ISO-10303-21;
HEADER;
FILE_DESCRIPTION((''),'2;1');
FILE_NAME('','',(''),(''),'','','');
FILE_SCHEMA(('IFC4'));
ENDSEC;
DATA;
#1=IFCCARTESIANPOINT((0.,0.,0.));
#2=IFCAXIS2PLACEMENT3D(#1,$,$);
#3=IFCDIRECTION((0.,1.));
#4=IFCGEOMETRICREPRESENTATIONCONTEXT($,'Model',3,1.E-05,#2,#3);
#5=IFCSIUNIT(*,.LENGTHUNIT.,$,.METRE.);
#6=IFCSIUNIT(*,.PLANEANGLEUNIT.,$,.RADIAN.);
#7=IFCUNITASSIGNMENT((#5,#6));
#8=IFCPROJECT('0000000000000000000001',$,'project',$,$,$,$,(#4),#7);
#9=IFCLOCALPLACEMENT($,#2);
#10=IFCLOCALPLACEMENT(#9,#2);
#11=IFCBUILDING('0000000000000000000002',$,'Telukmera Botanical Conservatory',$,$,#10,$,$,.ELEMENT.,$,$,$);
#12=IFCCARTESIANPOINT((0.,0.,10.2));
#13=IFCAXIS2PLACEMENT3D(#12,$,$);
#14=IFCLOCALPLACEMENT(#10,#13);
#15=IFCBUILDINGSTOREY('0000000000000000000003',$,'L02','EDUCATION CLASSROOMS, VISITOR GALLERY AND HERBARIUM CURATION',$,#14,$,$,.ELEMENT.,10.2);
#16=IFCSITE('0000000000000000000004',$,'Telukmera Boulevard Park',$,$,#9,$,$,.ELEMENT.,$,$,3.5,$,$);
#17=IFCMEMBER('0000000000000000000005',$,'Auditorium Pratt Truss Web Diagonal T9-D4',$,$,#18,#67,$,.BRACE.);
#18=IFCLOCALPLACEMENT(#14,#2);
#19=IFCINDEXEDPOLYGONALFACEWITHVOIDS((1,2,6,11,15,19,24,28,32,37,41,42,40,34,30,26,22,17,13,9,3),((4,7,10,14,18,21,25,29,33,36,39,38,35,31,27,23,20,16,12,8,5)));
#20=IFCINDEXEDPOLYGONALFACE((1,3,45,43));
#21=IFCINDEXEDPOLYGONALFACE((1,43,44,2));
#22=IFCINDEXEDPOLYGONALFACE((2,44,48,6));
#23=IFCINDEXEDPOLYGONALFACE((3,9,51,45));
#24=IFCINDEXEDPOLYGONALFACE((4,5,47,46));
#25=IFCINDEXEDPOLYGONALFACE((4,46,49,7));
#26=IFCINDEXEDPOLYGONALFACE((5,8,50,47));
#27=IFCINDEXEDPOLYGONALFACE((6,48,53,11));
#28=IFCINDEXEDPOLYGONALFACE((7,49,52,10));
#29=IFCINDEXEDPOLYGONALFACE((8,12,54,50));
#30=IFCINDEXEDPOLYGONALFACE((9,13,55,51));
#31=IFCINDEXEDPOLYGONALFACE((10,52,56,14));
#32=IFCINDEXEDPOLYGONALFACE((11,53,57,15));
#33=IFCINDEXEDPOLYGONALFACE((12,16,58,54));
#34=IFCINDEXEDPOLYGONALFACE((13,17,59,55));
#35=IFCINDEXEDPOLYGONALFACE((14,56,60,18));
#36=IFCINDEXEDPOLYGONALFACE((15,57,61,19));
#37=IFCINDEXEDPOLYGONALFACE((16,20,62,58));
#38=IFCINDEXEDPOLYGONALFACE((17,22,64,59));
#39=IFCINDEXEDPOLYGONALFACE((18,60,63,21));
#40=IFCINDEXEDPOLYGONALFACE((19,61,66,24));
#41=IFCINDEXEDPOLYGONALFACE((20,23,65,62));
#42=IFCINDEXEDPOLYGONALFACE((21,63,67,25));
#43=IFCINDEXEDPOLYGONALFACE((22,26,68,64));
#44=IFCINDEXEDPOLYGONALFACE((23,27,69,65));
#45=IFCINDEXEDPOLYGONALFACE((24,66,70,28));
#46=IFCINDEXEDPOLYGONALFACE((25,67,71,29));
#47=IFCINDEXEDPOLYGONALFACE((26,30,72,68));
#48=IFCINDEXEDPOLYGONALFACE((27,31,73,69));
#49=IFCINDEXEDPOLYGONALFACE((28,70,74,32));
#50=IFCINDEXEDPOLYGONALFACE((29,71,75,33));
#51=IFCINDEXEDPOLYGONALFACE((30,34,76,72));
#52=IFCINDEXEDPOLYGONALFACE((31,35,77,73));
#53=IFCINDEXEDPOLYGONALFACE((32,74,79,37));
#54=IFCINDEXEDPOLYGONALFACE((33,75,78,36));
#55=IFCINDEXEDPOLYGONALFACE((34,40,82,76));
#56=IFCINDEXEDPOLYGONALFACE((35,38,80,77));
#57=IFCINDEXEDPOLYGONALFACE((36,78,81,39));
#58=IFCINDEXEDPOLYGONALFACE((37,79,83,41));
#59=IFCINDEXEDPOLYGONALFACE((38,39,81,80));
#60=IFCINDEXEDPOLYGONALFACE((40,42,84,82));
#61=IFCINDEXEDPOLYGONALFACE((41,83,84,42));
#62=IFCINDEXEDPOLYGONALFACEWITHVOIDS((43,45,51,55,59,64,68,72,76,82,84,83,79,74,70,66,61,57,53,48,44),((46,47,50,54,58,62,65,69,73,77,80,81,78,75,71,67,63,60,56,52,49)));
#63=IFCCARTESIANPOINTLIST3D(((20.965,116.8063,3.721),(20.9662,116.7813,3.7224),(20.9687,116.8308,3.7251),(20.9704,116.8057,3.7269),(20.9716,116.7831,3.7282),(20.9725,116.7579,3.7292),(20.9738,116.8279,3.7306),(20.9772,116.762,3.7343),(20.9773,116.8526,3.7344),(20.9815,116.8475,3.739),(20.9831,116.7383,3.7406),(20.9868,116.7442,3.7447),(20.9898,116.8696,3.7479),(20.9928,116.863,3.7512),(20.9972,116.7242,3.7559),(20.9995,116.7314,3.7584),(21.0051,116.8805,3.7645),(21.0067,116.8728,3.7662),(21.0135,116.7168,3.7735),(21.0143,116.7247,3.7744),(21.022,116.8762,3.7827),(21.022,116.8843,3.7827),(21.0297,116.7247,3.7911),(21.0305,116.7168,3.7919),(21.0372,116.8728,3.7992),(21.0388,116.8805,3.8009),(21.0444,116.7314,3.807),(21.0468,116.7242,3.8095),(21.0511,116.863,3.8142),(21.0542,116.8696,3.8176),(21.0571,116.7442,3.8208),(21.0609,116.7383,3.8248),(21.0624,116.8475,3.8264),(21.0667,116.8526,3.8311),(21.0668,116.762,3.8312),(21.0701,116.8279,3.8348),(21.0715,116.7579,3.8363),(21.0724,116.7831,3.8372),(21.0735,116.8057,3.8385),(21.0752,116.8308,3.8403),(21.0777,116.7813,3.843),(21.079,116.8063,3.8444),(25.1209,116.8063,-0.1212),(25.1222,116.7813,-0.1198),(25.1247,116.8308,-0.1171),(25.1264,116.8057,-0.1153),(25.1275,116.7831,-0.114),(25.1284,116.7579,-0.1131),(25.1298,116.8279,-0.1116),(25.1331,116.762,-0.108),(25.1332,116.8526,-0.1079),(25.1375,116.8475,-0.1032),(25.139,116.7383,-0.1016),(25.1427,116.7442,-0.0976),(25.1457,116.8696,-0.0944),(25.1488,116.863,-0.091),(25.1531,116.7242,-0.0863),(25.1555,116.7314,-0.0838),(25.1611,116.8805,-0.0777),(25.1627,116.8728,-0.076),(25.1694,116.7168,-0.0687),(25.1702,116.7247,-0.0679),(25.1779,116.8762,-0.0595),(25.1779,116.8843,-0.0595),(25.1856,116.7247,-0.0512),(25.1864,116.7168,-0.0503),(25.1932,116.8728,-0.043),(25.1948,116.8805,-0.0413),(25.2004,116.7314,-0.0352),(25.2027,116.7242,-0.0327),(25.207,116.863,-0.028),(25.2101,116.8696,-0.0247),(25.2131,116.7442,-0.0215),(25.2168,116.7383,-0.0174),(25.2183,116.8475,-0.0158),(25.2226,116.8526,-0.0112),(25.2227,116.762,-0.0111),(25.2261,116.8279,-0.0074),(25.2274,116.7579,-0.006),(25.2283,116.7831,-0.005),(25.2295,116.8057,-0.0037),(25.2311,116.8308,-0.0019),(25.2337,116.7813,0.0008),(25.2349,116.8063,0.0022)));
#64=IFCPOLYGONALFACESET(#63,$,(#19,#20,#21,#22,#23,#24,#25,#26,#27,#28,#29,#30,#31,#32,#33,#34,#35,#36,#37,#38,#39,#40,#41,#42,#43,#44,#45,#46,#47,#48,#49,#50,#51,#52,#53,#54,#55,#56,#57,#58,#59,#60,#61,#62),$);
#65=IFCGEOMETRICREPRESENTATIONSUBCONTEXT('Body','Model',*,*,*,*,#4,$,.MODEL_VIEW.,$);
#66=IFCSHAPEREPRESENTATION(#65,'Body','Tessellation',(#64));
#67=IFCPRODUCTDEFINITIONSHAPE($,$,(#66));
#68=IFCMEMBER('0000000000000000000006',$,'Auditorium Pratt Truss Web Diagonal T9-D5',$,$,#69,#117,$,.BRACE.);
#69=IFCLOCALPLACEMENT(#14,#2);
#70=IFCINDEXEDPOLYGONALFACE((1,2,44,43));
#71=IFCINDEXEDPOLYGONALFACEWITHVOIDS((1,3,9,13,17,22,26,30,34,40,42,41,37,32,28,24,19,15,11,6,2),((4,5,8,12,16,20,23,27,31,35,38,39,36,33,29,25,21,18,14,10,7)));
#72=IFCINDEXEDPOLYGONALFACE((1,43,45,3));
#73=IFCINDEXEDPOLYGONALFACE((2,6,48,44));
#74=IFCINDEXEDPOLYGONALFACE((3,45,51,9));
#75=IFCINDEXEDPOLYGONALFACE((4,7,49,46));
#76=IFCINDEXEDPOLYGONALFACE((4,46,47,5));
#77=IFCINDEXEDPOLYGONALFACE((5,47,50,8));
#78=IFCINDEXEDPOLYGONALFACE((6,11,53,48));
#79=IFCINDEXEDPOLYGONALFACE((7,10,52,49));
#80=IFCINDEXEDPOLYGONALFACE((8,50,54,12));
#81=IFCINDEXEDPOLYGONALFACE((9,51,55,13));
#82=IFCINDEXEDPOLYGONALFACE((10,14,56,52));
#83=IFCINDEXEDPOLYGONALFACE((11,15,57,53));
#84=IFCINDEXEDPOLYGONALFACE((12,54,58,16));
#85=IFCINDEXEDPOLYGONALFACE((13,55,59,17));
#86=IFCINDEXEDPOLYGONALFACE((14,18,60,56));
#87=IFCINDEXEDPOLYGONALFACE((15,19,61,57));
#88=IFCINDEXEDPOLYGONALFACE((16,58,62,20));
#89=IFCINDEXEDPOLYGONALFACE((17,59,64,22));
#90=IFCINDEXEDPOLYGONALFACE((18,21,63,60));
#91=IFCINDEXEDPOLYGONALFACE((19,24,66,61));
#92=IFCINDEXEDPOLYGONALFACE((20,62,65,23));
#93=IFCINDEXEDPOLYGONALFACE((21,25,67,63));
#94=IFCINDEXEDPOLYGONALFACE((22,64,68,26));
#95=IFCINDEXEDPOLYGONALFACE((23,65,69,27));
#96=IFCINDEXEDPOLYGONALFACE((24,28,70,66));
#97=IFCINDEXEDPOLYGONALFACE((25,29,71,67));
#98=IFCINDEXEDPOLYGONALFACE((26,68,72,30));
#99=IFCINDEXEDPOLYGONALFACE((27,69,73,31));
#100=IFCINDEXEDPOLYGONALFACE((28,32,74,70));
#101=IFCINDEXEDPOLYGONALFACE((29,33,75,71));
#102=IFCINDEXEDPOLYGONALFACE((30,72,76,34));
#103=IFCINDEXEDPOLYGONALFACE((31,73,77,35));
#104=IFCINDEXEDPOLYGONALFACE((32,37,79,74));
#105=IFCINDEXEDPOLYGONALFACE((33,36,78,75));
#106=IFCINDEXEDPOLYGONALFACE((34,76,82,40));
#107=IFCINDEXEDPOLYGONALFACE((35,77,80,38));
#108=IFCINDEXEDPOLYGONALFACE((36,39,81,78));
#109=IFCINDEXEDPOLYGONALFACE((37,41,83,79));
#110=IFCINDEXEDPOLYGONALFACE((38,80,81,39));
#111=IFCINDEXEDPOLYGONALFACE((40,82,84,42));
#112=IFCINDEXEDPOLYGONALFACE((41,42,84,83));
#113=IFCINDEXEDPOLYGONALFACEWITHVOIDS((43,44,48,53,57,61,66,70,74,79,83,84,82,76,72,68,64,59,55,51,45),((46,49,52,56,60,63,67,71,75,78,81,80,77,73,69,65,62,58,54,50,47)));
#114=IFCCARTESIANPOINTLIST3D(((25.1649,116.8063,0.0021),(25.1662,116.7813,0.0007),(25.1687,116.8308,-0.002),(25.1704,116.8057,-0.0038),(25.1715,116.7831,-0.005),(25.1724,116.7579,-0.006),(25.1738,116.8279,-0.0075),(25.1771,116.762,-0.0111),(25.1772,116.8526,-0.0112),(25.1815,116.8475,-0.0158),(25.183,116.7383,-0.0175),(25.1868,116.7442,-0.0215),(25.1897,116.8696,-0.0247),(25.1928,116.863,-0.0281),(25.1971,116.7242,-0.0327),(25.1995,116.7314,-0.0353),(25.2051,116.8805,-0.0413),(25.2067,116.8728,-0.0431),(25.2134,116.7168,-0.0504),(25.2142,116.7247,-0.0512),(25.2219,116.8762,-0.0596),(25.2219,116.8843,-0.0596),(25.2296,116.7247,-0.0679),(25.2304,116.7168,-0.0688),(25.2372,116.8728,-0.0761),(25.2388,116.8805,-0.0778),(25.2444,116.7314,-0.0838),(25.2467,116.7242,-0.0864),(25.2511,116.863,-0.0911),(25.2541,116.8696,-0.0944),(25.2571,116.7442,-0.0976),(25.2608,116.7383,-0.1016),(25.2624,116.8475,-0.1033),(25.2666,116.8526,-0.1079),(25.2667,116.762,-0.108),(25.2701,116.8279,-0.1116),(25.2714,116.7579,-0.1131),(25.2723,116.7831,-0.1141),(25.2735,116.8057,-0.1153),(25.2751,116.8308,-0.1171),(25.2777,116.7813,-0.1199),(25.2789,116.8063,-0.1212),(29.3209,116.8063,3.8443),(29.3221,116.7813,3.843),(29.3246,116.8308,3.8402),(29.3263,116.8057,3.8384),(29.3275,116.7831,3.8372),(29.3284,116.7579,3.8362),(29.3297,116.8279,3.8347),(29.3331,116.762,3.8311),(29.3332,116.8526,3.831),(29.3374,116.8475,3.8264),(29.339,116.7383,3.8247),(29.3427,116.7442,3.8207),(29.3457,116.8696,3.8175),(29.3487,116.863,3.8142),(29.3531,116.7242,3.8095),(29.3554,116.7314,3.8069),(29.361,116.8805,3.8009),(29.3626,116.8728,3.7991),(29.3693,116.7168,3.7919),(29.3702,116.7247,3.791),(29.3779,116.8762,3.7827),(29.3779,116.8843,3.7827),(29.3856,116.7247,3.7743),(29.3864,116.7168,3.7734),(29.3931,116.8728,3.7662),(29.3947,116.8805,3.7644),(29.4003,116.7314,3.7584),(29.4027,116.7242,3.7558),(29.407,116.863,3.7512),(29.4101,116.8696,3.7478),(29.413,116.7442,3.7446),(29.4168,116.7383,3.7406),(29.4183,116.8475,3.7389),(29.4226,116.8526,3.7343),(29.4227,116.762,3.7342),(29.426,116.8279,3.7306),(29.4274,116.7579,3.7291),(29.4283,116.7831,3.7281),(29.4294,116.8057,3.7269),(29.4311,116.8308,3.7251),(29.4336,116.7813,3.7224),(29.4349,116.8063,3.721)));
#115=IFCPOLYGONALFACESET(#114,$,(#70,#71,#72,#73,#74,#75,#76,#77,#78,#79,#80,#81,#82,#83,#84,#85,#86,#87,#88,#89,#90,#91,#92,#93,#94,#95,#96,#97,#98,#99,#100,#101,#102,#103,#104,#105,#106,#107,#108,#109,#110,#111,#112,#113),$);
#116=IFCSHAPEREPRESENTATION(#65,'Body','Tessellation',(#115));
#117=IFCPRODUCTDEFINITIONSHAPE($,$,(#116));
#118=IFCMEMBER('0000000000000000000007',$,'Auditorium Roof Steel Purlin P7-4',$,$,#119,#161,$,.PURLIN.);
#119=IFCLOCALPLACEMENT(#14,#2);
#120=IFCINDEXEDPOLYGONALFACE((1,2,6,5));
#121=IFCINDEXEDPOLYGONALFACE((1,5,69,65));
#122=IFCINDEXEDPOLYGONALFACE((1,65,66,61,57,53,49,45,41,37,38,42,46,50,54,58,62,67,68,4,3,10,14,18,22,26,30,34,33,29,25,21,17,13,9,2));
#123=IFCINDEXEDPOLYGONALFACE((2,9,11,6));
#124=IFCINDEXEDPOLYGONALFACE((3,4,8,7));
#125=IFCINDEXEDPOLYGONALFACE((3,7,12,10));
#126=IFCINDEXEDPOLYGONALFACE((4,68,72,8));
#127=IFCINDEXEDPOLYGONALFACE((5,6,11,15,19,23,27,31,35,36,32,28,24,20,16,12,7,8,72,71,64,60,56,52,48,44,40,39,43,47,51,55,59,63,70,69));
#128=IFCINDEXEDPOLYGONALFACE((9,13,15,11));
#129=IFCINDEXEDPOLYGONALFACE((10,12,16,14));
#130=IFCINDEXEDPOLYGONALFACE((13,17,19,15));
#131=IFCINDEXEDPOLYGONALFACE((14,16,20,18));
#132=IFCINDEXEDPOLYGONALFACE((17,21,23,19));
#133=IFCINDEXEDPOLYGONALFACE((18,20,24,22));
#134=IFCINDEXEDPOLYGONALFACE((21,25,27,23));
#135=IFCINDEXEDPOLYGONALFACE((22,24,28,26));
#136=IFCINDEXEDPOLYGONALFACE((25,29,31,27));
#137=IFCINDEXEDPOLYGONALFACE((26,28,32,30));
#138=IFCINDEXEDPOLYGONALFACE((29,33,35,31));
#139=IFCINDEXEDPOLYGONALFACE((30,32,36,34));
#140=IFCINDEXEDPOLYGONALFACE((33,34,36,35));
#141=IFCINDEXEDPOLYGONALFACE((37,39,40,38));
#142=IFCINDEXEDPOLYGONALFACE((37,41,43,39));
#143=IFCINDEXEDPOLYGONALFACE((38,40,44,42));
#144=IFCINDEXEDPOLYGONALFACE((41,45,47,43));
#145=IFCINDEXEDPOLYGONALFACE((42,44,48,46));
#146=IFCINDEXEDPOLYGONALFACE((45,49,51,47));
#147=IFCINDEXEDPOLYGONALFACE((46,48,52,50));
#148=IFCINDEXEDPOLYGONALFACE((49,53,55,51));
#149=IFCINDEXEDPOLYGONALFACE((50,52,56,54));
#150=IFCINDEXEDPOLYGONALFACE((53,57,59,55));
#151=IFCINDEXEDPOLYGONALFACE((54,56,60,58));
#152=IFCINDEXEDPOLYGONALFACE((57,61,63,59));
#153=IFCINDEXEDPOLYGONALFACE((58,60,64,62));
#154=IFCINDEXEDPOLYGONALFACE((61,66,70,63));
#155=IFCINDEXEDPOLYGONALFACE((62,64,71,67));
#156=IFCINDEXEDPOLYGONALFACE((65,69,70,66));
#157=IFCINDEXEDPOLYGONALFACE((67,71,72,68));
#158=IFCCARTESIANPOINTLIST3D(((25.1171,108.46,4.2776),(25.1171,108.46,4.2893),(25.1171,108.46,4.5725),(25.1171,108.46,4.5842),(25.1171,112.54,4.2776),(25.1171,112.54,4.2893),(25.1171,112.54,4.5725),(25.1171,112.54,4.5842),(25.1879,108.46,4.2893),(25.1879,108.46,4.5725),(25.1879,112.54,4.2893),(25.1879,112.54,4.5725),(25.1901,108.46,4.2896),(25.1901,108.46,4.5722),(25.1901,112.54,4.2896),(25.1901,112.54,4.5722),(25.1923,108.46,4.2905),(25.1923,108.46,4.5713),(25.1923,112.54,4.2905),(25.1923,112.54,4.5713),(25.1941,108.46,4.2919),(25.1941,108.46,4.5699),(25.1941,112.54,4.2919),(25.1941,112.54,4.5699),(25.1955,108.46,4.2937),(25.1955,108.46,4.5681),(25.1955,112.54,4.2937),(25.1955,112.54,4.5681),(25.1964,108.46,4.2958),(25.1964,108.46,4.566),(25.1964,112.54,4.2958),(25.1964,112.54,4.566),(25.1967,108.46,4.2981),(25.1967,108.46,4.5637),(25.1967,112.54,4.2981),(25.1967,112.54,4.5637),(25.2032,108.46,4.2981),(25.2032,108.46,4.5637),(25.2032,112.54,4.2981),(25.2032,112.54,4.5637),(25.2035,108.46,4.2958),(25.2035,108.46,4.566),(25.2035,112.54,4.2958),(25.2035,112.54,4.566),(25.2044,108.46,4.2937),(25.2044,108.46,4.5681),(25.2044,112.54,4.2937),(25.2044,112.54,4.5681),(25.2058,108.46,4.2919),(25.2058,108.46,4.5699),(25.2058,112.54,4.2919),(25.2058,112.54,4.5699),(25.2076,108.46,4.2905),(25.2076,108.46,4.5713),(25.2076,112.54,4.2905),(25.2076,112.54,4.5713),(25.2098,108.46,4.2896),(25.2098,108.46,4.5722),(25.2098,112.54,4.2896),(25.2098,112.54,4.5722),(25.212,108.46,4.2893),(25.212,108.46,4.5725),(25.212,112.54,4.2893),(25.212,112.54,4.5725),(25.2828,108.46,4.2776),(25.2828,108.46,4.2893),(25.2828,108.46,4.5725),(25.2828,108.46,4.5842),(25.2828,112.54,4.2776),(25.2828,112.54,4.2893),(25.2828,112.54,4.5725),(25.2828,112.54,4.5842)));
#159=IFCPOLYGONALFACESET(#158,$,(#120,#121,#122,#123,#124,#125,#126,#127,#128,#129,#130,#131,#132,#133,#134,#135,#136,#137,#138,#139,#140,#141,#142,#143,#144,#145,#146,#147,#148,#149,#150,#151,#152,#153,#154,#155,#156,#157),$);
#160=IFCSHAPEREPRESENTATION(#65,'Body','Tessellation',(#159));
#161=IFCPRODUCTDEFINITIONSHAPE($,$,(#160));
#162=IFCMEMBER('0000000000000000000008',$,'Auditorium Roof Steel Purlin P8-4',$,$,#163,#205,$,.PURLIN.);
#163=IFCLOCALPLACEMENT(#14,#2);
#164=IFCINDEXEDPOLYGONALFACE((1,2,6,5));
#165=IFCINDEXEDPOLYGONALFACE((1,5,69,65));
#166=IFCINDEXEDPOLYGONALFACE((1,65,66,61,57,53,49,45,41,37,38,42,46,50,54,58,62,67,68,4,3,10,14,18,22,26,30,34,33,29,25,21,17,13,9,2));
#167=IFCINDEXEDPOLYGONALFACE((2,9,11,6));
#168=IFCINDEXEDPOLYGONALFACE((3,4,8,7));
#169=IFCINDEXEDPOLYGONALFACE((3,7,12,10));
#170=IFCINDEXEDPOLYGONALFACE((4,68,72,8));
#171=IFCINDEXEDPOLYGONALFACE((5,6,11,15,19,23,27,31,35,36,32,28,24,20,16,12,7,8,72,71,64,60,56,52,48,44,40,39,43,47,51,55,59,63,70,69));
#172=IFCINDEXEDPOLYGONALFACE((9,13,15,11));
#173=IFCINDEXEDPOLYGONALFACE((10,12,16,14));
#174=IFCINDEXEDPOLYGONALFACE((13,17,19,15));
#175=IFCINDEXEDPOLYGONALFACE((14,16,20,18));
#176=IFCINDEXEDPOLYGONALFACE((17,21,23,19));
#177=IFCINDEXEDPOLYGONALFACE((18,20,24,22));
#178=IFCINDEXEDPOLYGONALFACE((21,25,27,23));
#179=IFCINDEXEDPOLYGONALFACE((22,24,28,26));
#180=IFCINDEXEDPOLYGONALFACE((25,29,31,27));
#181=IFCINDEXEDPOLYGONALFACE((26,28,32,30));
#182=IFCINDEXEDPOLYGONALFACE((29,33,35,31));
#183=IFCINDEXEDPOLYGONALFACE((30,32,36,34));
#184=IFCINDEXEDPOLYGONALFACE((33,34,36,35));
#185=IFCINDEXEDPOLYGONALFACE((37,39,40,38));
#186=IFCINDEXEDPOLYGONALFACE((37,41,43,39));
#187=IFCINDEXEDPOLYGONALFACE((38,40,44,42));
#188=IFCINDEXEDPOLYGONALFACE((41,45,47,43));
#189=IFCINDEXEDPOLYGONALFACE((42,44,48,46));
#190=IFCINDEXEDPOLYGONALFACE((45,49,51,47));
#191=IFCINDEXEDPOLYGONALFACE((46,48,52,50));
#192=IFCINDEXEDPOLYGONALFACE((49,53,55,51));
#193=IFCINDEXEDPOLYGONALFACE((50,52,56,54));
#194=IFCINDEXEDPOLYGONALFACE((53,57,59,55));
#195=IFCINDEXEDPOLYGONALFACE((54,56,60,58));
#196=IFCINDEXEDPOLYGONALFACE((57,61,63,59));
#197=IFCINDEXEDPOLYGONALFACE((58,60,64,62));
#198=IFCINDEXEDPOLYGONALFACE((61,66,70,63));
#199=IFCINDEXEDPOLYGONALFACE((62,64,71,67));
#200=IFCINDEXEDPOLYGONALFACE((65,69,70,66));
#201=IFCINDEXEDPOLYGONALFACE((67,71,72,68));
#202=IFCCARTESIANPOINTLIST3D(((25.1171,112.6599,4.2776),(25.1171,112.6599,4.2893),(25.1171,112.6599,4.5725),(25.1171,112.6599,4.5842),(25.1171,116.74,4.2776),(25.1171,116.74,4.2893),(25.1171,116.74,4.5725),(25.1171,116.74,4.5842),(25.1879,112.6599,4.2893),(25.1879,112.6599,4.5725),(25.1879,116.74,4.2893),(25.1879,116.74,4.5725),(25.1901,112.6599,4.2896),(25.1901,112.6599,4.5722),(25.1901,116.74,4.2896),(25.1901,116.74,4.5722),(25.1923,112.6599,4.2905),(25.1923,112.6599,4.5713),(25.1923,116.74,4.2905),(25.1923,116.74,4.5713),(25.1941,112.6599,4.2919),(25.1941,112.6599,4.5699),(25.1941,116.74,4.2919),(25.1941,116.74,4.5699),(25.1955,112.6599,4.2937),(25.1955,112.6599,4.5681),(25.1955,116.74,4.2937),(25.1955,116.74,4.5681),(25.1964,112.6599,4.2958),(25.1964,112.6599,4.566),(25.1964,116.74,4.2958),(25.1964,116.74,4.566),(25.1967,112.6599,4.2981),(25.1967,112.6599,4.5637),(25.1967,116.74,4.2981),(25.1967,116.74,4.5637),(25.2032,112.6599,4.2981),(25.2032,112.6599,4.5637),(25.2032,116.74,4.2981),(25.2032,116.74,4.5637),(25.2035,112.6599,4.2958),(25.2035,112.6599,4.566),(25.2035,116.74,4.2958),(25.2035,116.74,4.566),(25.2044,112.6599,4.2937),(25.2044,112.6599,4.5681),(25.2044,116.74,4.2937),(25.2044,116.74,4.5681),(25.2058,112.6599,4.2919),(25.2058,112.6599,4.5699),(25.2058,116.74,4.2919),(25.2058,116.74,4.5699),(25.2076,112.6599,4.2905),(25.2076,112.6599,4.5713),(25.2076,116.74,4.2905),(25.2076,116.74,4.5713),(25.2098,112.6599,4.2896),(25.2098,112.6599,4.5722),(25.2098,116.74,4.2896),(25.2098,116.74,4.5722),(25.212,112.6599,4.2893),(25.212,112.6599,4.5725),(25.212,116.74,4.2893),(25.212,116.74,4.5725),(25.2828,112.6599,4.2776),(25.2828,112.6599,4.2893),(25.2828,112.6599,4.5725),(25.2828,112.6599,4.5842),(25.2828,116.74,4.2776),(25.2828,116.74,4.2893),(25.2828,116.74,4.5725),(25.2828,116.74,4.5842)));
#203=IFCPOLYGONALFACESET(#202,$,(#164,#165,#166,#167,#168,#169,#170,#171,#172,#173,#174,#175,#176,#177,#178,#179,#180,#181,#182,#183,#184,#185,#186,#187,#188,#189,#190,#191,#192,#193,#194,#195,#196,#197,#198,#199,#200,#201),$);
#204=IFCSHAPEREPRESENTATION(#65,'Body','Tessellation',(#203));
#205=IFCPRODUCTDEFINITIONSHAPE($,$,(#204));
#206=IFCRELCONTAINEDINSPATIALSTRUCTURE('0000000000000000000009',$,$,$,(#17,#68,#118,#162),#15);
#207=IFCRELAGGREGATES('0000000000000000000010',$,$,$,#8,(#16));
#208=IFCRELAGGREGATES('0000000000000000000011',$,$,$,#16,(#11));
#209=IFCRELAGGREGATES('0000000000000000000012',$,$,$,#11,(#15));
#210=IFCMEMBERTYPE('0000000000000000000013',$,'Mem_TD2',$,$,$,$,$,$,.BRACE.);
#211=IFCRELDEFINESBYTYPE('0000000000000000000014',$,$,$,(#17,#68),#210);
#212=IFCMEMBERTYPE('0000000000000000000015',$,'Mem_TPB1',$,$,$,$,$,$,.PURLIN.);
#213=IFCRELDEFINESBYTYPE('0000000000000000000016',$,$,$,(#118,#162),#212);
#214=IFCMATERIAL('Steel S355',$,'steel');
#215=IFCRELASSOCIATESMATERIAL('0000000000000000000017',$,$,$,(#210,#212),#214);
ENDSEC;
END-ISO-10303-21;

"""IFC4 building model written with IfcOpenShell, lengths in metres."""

from ifc_helpers import new_model, si_unit, direction, frame, origin, origin_2d, place, context, subcontext, project, spatial, hollow_circle, i_section, extrude, material, material_profile, profile_set, type_object, element, save


model = new_model("IFC4")

# Units and contexts
model_context = context("Model", 3, precision=1e-05, world=origin(), true_north=direction((0.0, 1.0)))
body_context = subcontext(model_context, "Body", "Model", "MODEL_VIEW")
ifc_project = project(units=[si_unit("LENGTHUNIT", "METRE"), si_unit("PLANEANGLEUNIT", "RADIAN")], contexts=[model_context])

# Site, building, storey
site_placement = place(None, origin())
site = spatial("IfcSite", under=ifc_project, at=site_placement, Name="Telukmera Boulevard Park", CompositionType="ELEMENT", RefElevation=3.5)
building_placement = place(site_placement, origin())
building = spatial("IfcBuilding", under=site, at=building_placement, Name="Telukmera Botanical Conservatory", CompositionType="ELEMENT")
storey_placement = place(building_placement, frame((0.0, 0.0, 10.2)))
storey = spatial("IfcBuildingStorey", under=building, at=storey_placement, Name="L02", Description="EDUCATION CLASSROOMS, VISITOR GALLERY AND HERBARIUM CURATION", CompositionType="ELEMENT", Elevation=10.2)

# Members
ifc_material_1 = material(Name="Steel S355", Category="steel")
ifc_material_profile_1 = material_profile(ifc_material_1, hollow_circle(Radius=0.0842, WallThickness=0.0081, at=origin_2d()), Name="CHS 168.3x8.0")
ifc_profile_set_1 = profile_set([ifc_material_profile_1], Name="Steel S355")
member_type_1 = type_object("IfcMemberType", Name="Mem_TD2", PredefinedType="BRACE", material=ifc_profile_set_1)
for number, where, z_axis, x_axis, name in (
    (1, (21.022, 116.8, 3.7827), (0.734277, 0.0, -0.67885), (0.0, 1.0, 0.0), "Auditorium Pratt Truss Web Diagonal T9-D4"),
    (2, (25.2219, 116.8, -0.0596), (0.734277, 0.0, 0.67885), (0.0, 1.0, 0.0), "Auditorium Pratt Truss Web Diagonal T9-D5"),
):
    element("IfcMember", number, at=place(storey_placement, frame(where, z_axis=z_axis, x_axis=x_axis)), inside=storey, type_object=member_type_1, Name=name, PredefinedType="BRACE", context=body_context, shape_type="SweptSolid", body=[
        extrude(hollow_circle(Radius=0.0842, WallThickness=0.0081, at=origin_2d()), origin(), (0.0, 0.0, 1.0), 5.6599),
    ])
ifc_material_profile_2 = material_profile(ifc_material_1, i_section(OverallWidth=0.1658, OverallDepth=0.3066, WebThickness=0.0066, FlangeThickness=0.0117, FilletRadius=0.0088, at=origin_2d()), Name="UB 305x165x46")
ifc_profile_set_2 = profile_set([ifc_material_profile_2], Name="Steel S355")
member_type_2 = type_object("IfcMemberType", Name="Mem_TPB1", PredefinedType="PURLIN", material=ifc_profile_set_2)
for number, where, z_axis, x_axis, name in (
    (3, (25.2, 108.46, 4.4309), (0.0, 1.0, 0.0), (-1.0, 0.0, 0.0), "Auditorium Roof Steel Purlin P7-4"),
    (4, (25.2, 112.6599, 4.4309), (0.0, 1.0, 0.0), (-1.0, 0.0, 0.0), "Auditorium Roof Steel Purlin P8-4"),
):
    element("IfcMember", number, at=place(storey_placement, frame(where, z_axis=z_axis, x_axis=x_axis)), inside=storey, type_object=member_type_2, Name=name, PredefinedType="PURLIN", context=body_context, shape_type="SweptSolid", body=[
        extrude(i_section(OverallWidth=0.1658, OverallDepth=0.3066, WebThickness=0.0066, FlangeThickness=0.0117, FilletRadius=0.0088, at=origin_2d()), origin(), (0.0, 0.0, 1.0), 4.0801),
    ])

save(model, "model.ifc")
